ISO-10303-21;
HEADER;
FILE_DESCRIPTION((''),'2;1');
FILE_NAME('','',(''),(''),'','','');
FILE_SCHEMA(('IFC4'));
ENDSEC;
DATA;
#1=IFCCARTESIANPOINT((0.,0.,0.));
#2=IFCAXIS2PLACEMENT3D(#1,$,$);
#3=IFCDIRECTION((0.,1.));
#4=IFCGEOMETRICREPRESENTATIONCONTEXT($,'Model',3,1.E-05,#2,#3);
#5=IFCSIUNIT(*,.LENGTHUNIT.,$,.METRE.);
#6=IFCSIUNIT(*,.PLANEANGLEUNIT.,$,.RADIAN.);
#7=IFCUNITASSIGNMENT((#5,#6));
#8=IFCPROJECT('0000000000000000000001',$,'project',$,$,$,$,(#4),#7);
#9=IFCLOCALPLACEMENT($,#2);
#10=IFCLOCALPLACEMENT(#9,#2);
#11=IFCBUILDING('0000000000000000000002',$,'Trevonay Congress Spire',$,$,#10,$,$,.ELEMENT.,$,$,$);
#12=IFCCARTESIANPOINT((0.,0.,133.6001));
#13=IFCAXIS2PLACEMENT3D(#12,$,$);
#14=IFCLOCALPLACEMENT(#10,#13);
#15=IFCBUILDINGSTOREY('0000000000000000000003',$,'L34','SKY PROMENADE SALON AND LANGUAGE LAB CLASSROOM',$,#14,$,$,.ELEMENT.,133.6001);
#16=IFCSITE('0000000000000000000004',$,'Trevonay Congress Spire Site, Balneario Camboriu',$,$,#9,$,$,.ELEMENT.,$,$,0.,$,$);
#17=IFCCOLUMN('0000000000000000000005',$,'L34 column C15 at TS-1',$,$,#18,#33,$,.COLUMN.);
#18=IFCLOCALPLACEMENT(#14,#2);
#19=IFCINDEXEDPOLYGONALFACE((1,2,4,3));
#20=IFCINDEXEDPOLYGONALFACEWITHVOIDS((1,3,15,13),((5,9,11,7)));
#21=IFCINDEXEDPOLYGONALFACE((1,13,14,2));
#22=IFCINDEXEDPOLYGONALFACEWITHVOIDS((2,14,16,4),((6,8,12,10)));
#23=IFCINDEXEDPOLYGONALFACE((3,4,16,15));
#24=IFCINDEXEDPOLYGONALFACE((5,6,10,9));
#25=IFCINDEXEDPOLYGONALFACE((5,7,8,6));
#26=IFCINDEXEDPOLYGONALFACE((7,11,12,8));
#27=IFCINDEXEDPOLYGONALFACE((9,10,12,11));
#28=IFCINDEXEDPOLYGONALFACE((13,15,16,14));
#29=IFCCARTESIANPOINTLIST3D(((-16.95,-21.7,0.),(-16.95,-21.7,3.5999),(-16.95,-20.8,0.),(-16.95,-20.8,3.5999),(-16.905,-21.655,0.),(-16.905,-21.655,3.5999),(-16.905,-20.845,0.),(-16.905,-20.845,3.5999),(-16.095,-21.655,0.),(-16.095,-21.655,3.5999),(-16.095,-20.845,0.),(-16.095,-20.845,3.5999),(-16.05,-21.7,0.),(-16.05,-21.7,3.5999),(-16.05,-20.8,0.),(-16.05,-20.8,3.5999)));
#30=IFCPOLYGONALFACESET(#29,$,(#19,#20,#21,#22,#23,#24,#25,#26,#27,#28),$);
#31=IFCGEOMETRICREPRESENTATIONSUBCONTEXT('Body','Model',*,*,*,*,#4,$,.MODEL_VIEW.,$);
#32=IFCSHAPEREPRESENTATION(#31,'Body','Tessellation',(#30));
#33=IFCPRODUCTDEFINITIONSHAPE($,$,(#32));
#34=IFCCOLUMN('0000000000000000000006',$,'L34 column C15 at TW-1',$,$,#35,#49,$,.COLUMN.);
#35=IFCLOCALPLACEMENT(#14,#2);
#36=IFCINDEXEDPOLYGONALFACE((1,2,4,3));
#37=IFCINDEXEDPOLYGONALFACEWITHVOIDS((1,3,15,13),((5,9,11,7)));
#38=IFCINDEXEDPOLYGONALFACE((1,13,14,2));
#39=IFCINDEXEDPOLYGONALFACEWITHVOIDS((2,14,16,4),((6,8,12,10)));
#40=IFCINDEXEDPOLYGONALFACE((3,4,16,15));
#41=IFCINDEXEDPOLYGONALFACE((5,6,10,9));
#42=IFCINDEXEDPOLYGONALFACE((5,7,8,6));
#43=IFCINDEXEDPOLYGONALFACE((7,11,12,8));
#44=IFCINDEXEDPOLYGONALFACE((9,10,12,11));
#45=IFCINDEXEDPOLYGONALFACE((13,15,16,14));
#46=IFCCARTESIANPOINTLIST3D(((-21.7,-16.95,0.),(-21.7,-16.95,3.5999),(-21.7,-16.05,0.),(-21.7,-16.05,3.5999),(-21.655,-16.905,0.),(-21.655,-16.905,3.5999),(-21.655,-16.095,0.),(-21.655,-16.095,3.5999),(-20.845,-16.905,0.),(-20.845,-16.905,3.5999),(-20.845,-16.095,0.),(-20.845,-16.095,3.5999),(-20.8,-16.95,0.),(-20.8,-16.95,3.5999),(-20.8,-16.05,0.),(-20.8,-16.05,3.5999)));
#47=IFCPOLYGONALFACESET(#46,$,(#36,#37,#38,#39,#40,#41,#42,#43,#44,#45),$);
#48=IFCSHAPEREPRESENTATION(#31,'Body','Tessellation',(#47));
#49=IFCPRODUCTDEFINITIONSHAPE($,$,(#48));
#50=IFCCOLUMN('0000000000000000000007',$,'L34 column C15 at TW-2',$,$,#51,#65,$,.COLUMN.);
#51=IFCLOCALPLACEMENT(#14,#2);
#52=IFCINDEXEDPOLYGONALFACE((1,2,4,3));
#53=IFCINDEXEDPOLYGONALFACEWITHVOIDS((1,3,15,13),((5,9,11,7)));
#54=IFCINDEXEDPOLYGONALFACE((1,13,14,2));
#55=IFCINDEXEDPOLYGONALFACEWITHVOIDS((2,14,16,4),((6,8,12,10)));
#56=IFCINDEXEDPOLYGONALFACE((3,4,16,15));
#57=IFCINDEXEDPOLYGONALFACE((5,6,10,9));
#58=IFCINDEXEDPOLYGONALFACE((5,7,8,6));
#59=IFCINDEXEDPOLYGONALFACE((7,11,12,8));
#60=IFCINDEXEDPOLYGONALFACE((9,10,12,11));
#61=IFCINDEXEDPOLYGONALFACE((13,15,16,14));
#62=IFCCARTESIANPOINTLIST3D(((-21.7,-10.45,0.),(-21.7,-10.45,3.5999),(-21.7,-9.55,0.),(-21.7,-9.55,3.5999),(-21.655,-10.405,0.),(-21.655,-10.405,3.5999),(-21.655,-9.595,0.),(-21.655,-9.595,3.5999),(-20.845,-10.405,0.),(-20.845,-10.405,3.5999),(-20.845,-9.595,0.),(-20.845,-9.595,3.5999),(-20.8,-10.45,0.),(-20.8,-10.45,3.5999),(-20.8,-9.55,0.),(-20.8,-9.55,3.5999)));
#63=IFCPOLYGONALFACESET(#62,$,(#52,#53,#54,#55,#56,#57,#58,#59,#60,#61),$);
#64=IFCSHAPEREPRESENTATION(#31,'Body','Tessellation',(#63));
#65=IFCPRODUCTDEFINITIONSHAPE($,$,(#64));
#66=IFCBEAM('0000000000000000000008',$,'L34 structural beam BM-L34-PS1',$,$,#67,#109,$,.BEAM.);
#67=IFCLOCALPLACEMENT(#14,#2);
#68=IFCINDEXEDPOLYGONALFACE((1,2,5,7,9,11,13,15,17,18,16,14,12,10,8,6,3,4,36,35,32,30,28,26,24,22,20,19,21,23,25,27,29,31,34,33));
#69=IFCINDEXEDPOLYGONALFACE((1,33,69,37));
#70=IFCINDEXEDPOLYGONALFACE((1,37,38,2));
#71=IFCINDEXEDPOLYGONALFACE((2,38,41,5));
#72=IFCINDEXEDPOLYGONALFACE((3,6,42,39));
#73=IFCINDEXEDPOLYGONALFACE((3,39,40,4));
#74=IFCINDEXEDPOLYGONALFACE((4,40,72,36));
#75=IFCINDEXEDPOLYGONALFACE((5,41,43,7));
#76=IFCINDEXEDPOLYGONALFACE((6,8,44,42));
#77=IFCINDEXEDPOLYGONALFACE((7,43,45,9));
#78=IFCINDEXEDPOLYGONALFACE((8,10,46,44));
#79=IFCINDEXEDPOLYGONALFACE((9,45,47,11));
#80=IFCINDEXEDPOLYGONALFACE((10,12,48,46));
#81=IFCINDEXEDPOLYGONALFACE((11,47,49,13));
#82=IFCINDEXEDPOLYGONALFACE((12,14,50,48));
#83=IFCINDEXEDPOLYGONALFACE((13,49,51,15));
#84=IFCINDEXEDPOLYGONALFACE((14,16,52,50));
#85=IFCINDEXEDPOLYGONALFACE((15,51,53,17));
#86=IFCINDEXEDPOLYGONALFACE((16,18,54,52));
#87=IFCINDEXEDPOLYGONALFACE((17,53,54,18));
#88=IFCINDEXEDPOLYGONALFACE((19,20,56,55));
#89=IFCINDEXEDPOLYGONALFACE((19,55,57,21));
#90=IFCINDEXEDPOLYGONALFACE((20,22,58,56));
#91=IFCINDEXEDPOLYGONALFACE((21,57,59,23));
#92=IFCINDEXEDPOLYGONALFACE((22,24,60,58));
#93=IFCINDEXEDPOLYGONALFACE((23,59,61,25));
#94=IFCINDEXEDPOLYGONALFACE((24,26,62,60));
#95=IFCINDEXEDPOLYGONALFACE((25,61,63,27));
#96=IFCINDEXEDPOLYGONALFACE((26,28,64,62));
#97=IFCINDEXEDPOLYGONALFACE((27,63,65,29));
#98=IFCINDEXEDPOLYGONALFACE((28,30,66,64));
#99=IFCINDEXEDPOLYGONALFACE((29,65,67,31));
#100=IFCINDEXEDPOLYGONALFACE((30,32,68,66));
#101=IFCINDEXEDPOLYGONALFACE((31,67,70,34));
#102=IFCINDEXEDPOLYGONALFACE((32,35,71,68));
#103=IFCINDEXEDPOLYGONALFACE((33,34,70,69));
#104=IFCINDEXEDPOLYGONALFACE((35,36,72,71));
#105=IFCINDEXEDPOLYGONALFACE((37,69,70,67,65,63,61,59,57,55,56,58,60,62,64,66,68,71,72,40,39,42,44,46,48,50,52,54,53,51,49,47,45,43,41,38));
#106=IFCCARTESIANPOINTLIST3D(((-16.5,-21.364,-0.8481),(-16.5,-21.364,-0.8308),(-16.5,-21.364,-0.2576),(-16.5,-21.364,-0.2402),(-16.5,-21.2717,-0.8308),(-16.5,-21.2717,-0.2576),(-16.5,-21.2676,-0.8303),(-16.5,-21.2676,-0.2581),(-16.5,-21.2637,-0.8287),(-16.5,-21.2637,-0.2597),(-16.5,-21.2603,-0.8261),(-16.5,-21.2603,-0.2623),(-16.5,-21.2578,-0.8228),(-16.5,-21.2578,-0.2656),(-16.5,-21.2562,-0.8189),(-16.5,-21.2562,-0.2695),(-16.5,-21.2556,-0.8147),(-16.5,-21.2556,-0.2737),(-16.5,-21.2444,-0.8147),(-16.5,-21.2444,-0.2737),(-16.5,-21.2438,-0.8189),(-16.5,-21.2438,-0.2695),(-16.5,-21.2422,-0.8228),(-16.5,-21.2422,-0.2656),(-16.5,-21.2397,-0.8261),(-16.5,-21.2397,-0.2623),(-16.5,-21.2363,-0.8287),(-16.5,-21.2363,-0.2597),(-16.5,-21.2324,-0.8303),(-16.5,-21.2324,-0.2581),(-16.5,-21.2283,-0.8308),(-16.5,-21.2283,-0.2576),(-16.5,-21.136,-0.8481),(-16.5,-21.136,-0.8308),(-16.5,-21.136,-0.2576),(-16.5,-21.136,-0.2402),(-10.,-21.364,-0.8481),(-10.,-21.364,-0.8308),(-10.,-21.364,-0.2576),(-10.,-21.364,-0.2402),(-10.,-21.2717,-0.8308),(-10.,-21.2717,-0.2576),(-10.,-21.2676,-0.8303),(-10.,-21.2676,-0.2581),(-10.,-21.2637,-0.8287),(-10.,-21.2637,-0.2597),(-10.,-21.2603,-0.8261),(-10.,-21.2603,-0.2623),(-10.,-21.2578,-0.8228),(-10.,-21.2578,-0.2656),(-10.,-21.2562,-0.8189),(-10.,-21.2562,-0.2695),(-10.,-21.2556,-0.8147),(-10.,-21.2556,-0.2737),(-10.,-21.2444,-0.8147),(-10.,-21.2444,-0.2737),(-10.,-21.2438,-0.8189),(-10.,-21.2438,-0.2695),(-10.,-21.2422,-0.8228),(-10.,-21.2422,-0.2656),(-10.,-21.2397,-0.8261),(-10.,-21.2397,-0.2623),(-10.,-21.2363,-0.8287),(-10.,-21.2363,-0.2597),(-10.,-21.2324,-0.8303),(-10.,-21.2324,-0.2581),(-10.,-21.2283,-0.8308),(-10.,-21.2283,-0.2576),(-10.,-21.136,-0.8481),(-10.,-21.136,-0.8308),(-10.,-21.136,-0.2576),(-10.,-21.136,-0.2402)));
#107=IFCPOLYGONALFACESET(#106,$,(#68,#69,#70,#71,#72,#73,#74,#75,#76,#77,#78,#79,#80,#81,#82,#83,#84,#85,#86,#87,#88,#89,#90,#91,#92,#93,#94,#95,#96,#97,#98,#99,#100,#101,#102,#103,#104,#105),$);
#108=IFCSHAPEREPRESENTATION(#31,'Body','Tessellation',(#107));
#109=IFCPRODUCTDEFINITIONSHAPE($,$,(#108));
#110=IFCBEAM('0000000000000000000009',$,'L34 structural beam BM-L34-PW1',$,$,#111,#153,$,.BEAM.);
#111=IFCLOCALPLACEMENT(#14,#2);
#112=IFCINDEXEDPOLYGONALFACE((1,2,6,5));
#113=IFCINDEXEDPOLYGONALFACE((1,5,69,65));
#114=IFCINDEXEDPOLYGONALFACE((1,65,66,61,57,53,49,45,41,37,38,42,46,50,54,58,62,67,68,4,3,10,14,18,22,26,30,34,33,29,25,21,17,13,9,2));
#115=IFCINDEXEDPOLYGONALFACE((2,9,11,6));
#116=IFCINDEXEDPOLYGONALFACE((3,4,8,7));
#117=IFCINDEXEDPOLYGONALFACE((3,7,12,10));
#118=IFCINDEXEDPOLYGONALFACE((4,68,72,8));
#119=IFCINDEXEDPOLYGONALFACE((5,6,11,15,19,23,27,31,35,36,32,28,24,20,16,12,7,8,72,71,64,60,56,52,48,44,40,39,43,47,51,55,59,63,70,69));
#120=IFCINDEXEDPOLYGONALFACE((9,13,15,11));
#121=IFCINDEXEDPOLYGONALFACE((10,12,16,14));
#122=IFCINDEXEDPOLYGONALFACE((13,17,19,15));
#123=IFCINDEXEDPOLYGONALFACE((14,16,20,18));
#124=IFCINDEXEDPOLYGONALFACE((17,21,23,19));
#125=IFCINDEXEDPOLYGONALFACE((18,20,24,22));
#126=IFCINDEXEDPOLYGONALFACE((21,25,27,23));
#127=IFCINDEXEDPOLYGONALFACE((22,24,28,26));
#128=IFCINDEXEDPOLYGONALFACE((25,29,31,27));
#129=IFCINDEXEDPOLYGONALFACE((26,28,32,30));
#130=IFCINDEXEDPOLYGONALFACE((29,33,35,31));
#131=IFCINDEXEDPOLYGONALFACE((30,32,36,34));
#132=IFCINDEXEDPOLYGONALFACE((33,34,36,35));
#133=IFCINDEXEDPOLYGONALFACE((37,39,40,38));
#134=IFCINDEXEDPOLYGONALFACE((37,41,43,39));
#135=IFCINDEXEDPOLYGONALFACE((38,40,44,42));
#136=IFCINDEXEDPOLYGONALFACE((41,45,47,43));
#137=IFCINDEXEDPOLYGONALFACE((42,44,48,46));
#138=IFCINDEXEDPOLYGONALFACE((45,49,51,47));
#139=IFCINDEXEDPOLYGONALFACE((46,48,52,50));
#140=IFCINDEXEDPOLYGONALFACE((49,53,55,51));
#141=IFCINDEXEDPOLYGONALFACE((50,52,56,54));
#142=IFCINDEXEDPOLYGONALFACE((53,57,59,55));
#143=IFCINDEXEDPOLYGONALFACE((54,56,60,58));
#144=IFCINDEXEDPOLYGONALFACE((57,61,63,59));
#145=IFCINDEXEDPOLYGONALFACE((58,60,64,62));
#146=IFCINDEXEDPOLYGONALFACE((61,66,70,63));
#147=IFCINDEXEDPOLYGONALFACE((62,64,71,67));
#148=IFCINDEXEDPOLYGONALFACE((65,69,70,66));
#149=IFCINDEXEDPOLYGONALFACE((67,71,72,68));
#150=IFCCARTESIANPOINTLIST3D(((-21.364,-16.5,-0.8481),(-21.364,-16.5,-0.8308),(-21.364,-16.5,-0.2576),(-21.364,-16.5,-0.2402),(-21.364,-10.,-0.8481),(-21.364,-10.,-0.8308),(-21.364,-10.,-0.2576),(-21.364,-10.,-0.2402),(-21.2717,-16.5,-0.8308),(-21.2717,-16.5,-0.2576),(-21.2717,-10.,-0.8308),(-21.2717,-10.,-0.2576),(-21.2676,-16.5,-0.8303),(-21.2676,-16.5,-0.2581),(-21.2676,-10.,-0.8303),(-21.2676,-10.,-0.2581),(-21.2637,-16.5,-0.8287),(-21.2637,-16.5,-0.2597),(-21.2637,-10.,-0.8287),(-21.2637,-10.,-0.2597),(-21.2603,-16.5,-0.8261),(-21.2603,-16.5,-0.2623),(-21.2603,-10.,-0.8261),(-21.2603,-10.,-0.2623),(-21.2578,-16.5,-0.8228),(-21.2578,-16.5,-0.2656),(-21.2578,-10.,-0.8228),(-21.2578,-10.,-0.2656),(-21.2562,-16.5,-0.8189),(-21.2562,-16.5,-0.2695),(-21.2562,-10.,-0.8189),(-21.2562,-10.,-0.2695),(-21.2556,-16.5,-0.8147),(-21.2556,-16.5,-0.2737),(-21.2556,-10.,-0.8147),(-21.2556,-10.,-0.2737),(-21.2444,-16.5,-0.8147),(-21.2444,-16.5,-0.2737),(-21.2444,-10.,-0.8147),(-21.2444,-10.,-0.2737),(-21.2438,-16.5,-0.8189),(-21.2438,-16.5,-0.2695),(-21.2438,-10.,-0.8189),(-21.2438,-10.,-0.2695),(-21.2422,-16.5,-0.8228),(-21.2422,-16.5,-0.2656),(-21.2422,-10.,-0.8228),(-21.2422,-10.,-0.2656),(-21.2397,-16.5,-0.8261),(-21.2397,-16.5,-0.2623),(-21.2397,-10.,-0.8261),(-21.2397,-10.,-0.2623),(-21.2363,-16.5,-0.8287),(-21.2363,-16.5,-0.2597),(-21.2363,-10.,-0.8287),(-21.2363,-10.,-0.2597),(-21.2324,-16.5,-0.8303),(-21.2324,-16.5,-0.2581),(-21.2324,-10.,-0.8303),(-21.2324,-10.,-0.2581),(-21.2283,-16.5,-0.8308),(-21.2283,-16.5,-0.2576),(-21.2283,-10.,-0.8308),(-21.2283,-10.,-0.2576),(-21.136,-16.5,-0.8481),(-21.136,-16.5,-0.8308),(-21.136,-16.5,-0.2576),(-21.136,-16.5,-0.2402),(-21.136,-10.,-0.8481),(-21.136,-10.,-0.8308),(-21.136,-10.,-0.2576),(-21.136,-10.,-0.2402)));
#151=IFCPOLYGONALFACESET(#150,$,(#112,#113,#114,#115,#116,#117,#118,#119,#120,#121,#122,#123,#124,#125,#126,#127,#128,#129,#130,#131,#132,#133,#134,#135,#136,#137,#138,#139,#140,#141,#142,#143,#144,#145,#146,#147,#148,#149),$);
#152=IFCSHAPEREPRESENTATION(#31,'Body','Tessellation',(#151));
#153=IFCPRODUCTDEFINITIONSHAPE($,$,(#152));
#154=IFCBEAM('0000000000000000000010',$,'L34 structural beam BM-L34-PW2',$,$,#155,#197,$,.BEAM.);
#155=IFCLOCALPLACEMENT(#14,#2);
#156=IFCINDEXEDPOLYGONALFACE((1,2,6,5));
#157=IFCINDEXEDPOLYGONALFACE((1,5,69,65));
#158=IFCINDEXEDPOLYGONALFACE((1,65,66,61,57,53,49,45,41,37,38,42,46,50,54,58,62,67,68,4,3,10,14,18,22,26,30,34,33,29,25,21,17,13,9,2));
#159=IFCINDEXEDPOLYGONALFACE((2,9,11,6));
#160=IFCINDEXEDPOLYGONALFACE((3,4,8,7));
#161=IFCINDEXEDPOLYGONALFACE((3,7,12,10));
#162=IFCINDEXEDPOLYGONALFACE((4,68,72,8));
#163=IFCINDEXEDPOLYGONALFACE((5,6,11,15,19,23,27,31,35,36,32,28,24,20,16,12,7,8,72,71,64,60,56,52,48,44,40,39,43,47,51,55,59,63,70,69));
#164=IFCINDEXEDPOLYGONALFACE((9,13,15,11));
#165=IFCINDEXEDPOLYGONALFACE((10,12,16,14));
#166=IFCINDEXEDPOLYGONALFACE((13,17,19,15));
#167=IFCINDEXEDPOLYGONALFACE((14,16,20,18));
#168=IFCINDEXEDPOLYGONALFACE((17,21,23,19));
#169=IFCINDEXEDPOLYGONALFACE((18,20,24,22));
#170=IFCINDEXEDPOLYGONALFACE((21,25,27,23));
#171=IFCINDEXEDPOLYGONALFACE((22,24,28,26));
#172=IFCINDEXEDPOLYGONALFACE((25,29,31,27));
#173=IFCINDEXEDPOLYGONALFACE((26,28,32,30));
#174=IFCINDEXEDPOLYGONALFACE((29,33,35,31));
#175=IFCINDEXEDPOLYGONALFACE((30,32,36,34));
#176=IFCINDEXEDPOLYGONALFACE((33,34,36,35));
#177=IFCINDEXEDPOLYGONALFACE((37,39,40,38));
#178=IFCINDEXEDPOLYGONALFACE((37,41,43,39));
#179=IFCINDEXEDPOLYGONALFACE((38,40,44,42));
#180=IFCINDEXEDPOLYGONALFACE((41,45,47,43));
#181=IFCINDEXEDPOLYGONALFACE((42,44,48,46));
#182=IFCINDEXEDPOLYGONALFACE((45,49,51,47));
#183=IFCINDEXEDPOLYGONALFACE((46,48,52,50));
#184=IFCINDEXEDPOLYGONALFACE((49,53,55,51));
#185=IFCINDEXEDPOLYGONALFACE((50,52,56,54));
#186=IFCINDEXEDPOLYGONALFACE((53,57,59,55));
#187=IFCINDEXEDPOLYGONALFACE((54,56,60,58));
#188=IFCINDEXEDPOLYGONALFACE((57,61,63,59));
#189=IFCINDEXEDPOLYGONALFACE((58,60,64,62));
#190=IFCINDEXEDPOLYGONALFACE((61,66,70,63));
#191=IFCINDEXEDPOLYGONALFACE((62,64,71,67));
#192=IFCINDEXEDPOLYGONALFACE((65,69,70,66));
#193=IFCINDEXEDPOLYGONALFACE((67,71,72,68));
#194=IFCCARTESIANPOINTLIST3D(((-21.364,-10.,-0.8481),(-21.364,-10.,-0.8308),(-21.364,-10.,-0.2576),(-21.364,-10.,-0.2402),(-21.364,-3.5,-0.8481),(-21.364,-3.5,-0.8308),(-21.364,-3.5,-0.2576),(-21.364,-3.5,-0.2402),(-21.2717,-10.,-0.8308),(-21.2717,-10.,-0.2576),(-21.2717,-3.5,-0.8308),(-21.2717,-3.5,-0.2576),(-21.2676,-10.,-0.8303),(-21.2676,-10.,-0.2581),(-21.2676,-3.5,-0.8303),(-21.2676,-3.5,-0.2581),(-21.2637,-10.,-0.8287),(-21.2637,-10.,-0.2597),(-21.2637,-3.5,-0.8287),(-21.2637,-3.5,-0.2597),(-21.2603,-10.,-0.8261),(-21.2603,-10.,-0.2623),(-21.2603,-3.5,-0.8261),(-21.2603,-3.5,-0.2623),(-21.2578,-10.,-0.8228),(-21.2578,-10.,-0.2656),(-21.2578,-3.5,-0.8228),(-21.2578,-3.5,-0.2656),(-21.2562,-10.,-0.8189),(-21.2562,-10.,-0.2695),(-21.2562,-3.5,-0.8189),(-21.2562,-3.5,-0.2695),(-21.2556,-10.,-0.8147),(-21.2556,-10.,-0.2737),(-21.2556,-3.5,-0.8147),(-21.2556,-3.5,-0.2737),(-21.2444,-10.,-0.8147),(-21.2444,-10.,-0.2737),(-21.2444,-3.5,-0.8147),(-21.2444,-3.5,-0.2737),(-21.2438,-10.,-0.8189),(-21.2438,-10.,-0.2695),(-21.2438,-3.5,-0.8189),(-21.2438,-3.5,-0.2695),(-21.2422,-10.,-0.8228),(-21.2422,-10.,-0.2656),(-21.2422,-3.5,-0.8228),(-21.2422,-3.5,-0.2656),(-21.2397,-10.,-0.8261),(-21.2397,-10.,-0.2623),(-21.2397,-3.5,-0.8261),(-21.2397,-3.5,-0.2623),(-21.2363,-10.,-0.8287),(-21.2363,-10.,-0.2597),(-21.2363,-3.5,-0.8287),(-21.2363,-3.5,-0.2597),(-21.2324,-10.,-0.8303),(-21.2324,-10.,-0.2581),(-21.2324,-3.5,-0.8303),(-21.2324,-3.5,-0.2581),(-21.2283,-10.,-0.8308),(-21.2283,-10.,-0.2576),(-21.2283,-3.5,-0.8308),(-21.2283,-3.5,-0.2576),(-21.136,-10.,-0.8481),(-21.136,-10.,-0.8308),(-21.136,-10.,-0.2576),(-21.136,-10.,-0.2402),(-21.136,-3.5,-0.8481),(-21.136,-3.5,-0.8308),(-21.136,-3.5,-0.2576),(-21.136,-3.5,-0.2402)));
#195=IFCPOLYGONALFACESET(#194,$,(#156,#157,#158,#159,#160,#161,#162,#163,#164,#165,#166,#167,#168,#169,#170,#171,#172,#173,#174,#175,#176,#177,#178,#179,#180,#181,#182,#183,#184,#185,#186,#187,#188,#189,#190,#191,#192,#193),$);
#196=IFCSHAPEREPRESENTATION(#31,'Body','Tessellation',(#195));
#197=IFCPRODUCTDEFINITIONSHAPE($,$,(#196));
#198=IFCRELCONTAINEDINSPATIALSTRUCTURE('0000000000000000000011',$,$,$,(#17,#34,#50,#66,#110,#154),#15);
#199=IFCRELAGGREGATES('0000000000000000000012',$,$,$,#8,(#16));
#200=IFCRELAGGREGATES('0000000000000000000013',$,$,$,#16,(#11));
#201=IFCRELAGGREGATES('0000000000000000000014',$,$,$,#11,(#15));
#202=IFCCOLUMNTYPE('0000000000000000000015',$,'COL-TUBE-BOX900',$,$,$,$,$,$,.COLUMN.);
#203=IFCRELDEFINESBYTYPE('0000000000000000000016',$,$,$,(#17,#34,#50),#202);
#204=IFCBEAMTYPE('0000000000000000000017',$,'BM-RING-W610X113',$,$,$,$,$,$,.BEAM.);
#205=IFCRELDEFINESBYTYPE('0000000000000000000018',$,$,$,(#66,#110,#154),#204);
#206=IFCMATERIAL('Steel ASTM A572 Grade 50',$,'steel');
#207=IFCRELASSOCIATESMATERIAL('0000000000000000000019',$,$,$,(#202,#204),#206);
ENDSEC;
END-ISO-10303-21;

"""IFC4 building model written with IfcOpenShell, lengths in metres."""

from ifc_helpers import new_model, si_unit, direction, frame, origin, origin_2d, place, context, subcontext, project, spatial, hollow_rectangle, i_section, extrude, material, material_profile, profile_set, type_object, element, save


model = new_model("IFC4")

# Units and contexts
model_context = context("Model", 3, precision=1e-05, world=origin(), true_north=direction((0.0, 1.0)))
body_context = subcontext(model_context, "Body", "Model", "MODEL_VIEW")
ifc_project = project(units=[si_unit("LENGTHUNIT", "METRE"), si_unit("PLANEANGLEUNIT", "RADIAN")], contexts=[model_context])

# Site, building, storey
site_placement = place(None, origin())
site = spatial("IfcSite", under=ifc_project, at=site_placement, Name="Trevonay Congress Spire Site, Balneario Camboriu", CompositionType="ELEMENT", RefElevation=0.0)
building_placement = place(site_placement, origin())
building = spatial("IfcBuilding", under=site, at=building_placement, Name="Trevonay Congress Spire", CompositionType="ELEMENT")
storey_placement = place(building_placement, frame((0.0, 0.0, 133.6001)))
storey = spatial("IfcBuildingStorey", under=building, at=storey_placement, Name="L34", Description="SKY PROMENADE SALON AND LANGUAGE LAB CLASSROOM", CompositionType="ELEMENT", Elevation=133.6001)

# Columns
ifc_material_1 = material(Name="Steel ASTM A572 Grade 50", Category="steel")
ifc_material_profile_1 = material_profile(ifc_material_1, hollow_rectangle(XDim=0.8999, YDim=0.8999, WallThickness=0.0449, at=origin_2d()), Name="BOX 900x900x45")
ifc_profile_set_1 = profile_set([ifc_material_profile_1], Name="Steel ASTM A572 Grade 50")
column_type = type_object("IfcColumnType", Name="COL-TUBE-BOX900", PredefinedType="COLUMN", material=ifc_profile_set_1)
for number, where, z_axis, x_axis, name in (
    (1, (-16.5, -21.25, 0.0), (0.0, 0.0, 1.0), (1.0, 0.0, 0.0), "L34 column C15 at TS-1"),
    (2, (-21.25, -16.5, 0.0), (0.0, 0.0, 1.0), (1.0, 0.0, 0.0), "L34 column C15 at TW-1"),
    (3, (-21.25, -10.0, 0.0), (0.0, 0.0, 1.0), (1.0, 0.0, 0.0), "L34 column C15 at TW-2"),
):
    element("IfcColumn", number, at=place(storey_placement, frame(where, z_axis=z_axis, x_axis=x_axis)), inside=storey, type_object=column_type, Name=name, PredefinedType="COLUMN", context=body_context, shape_type="SweptSolid", body=[
        extrude(hollow_rectangle(XDim=0.8999, YDim=0.8999, WallThickness=0.0449, at=origin_2d()), origin(), (0.0, 0.0, 1.0), 3.5999),
    ])

# Beams
ifc_material_profile_2 = material_profile(ifc_material_1, i_section(OverallWidth=0.228, OverallDepth=0.6079, WebThickness=0.0112, FlangeThickness=0.0173, FilletRadius=0.0161, at=origin_2d()), Name="W610x113")
ifc_profile_set_2 = profile_set([ifc_material_profile_2], Name="Steel ASTM A572 Grade 50")
beam_type = type_object("IfcBeamType", Name="BM-RING-W610X113", PredefinedType="BEAM", material=ifc_profile_set_2)
for number, where, z_axis, x_axis, name in (
    (4, (-16.5, -21.25, -0.5442), (1.0, 0.0, 0.0), (0.0, 1.0, 0.0), "L34 structural beam BM-L34-PS1"),
    (5, (-21.25, -16.5, -0.5442), (0.0, 1.0, 0.0), (-1.0, 0.0, 0.0), "L34 structural beam BM-L34-PW1"),
    (6, (-21.25, -10.0, -0.5442), (0.0, 1.0, 0.0), (-1.0, 0.0, 0.0), "L34 structural beam BM-L34-PW2"),
):
    element("IfcBeam", number, at=place(storey_placement, frame(where, z_axis=z_axis, x_axis=x_axis)), inside=storey, type_object=beam_type, Name=name, PredefinedType="BEAM", context=body_context, shape_type="SweptSolid", body=[
        extrude(i_section(OverallWidth=0.228, OverallDepth=0.6079, WebThickness=0.0112, FlangeThickness=0.0173, FilletRadius=0.0161, at=origin_2d()), origin(), (0.0, 0.0, 1.0), 6.5),
    ])

save(model, "model.ifc")
